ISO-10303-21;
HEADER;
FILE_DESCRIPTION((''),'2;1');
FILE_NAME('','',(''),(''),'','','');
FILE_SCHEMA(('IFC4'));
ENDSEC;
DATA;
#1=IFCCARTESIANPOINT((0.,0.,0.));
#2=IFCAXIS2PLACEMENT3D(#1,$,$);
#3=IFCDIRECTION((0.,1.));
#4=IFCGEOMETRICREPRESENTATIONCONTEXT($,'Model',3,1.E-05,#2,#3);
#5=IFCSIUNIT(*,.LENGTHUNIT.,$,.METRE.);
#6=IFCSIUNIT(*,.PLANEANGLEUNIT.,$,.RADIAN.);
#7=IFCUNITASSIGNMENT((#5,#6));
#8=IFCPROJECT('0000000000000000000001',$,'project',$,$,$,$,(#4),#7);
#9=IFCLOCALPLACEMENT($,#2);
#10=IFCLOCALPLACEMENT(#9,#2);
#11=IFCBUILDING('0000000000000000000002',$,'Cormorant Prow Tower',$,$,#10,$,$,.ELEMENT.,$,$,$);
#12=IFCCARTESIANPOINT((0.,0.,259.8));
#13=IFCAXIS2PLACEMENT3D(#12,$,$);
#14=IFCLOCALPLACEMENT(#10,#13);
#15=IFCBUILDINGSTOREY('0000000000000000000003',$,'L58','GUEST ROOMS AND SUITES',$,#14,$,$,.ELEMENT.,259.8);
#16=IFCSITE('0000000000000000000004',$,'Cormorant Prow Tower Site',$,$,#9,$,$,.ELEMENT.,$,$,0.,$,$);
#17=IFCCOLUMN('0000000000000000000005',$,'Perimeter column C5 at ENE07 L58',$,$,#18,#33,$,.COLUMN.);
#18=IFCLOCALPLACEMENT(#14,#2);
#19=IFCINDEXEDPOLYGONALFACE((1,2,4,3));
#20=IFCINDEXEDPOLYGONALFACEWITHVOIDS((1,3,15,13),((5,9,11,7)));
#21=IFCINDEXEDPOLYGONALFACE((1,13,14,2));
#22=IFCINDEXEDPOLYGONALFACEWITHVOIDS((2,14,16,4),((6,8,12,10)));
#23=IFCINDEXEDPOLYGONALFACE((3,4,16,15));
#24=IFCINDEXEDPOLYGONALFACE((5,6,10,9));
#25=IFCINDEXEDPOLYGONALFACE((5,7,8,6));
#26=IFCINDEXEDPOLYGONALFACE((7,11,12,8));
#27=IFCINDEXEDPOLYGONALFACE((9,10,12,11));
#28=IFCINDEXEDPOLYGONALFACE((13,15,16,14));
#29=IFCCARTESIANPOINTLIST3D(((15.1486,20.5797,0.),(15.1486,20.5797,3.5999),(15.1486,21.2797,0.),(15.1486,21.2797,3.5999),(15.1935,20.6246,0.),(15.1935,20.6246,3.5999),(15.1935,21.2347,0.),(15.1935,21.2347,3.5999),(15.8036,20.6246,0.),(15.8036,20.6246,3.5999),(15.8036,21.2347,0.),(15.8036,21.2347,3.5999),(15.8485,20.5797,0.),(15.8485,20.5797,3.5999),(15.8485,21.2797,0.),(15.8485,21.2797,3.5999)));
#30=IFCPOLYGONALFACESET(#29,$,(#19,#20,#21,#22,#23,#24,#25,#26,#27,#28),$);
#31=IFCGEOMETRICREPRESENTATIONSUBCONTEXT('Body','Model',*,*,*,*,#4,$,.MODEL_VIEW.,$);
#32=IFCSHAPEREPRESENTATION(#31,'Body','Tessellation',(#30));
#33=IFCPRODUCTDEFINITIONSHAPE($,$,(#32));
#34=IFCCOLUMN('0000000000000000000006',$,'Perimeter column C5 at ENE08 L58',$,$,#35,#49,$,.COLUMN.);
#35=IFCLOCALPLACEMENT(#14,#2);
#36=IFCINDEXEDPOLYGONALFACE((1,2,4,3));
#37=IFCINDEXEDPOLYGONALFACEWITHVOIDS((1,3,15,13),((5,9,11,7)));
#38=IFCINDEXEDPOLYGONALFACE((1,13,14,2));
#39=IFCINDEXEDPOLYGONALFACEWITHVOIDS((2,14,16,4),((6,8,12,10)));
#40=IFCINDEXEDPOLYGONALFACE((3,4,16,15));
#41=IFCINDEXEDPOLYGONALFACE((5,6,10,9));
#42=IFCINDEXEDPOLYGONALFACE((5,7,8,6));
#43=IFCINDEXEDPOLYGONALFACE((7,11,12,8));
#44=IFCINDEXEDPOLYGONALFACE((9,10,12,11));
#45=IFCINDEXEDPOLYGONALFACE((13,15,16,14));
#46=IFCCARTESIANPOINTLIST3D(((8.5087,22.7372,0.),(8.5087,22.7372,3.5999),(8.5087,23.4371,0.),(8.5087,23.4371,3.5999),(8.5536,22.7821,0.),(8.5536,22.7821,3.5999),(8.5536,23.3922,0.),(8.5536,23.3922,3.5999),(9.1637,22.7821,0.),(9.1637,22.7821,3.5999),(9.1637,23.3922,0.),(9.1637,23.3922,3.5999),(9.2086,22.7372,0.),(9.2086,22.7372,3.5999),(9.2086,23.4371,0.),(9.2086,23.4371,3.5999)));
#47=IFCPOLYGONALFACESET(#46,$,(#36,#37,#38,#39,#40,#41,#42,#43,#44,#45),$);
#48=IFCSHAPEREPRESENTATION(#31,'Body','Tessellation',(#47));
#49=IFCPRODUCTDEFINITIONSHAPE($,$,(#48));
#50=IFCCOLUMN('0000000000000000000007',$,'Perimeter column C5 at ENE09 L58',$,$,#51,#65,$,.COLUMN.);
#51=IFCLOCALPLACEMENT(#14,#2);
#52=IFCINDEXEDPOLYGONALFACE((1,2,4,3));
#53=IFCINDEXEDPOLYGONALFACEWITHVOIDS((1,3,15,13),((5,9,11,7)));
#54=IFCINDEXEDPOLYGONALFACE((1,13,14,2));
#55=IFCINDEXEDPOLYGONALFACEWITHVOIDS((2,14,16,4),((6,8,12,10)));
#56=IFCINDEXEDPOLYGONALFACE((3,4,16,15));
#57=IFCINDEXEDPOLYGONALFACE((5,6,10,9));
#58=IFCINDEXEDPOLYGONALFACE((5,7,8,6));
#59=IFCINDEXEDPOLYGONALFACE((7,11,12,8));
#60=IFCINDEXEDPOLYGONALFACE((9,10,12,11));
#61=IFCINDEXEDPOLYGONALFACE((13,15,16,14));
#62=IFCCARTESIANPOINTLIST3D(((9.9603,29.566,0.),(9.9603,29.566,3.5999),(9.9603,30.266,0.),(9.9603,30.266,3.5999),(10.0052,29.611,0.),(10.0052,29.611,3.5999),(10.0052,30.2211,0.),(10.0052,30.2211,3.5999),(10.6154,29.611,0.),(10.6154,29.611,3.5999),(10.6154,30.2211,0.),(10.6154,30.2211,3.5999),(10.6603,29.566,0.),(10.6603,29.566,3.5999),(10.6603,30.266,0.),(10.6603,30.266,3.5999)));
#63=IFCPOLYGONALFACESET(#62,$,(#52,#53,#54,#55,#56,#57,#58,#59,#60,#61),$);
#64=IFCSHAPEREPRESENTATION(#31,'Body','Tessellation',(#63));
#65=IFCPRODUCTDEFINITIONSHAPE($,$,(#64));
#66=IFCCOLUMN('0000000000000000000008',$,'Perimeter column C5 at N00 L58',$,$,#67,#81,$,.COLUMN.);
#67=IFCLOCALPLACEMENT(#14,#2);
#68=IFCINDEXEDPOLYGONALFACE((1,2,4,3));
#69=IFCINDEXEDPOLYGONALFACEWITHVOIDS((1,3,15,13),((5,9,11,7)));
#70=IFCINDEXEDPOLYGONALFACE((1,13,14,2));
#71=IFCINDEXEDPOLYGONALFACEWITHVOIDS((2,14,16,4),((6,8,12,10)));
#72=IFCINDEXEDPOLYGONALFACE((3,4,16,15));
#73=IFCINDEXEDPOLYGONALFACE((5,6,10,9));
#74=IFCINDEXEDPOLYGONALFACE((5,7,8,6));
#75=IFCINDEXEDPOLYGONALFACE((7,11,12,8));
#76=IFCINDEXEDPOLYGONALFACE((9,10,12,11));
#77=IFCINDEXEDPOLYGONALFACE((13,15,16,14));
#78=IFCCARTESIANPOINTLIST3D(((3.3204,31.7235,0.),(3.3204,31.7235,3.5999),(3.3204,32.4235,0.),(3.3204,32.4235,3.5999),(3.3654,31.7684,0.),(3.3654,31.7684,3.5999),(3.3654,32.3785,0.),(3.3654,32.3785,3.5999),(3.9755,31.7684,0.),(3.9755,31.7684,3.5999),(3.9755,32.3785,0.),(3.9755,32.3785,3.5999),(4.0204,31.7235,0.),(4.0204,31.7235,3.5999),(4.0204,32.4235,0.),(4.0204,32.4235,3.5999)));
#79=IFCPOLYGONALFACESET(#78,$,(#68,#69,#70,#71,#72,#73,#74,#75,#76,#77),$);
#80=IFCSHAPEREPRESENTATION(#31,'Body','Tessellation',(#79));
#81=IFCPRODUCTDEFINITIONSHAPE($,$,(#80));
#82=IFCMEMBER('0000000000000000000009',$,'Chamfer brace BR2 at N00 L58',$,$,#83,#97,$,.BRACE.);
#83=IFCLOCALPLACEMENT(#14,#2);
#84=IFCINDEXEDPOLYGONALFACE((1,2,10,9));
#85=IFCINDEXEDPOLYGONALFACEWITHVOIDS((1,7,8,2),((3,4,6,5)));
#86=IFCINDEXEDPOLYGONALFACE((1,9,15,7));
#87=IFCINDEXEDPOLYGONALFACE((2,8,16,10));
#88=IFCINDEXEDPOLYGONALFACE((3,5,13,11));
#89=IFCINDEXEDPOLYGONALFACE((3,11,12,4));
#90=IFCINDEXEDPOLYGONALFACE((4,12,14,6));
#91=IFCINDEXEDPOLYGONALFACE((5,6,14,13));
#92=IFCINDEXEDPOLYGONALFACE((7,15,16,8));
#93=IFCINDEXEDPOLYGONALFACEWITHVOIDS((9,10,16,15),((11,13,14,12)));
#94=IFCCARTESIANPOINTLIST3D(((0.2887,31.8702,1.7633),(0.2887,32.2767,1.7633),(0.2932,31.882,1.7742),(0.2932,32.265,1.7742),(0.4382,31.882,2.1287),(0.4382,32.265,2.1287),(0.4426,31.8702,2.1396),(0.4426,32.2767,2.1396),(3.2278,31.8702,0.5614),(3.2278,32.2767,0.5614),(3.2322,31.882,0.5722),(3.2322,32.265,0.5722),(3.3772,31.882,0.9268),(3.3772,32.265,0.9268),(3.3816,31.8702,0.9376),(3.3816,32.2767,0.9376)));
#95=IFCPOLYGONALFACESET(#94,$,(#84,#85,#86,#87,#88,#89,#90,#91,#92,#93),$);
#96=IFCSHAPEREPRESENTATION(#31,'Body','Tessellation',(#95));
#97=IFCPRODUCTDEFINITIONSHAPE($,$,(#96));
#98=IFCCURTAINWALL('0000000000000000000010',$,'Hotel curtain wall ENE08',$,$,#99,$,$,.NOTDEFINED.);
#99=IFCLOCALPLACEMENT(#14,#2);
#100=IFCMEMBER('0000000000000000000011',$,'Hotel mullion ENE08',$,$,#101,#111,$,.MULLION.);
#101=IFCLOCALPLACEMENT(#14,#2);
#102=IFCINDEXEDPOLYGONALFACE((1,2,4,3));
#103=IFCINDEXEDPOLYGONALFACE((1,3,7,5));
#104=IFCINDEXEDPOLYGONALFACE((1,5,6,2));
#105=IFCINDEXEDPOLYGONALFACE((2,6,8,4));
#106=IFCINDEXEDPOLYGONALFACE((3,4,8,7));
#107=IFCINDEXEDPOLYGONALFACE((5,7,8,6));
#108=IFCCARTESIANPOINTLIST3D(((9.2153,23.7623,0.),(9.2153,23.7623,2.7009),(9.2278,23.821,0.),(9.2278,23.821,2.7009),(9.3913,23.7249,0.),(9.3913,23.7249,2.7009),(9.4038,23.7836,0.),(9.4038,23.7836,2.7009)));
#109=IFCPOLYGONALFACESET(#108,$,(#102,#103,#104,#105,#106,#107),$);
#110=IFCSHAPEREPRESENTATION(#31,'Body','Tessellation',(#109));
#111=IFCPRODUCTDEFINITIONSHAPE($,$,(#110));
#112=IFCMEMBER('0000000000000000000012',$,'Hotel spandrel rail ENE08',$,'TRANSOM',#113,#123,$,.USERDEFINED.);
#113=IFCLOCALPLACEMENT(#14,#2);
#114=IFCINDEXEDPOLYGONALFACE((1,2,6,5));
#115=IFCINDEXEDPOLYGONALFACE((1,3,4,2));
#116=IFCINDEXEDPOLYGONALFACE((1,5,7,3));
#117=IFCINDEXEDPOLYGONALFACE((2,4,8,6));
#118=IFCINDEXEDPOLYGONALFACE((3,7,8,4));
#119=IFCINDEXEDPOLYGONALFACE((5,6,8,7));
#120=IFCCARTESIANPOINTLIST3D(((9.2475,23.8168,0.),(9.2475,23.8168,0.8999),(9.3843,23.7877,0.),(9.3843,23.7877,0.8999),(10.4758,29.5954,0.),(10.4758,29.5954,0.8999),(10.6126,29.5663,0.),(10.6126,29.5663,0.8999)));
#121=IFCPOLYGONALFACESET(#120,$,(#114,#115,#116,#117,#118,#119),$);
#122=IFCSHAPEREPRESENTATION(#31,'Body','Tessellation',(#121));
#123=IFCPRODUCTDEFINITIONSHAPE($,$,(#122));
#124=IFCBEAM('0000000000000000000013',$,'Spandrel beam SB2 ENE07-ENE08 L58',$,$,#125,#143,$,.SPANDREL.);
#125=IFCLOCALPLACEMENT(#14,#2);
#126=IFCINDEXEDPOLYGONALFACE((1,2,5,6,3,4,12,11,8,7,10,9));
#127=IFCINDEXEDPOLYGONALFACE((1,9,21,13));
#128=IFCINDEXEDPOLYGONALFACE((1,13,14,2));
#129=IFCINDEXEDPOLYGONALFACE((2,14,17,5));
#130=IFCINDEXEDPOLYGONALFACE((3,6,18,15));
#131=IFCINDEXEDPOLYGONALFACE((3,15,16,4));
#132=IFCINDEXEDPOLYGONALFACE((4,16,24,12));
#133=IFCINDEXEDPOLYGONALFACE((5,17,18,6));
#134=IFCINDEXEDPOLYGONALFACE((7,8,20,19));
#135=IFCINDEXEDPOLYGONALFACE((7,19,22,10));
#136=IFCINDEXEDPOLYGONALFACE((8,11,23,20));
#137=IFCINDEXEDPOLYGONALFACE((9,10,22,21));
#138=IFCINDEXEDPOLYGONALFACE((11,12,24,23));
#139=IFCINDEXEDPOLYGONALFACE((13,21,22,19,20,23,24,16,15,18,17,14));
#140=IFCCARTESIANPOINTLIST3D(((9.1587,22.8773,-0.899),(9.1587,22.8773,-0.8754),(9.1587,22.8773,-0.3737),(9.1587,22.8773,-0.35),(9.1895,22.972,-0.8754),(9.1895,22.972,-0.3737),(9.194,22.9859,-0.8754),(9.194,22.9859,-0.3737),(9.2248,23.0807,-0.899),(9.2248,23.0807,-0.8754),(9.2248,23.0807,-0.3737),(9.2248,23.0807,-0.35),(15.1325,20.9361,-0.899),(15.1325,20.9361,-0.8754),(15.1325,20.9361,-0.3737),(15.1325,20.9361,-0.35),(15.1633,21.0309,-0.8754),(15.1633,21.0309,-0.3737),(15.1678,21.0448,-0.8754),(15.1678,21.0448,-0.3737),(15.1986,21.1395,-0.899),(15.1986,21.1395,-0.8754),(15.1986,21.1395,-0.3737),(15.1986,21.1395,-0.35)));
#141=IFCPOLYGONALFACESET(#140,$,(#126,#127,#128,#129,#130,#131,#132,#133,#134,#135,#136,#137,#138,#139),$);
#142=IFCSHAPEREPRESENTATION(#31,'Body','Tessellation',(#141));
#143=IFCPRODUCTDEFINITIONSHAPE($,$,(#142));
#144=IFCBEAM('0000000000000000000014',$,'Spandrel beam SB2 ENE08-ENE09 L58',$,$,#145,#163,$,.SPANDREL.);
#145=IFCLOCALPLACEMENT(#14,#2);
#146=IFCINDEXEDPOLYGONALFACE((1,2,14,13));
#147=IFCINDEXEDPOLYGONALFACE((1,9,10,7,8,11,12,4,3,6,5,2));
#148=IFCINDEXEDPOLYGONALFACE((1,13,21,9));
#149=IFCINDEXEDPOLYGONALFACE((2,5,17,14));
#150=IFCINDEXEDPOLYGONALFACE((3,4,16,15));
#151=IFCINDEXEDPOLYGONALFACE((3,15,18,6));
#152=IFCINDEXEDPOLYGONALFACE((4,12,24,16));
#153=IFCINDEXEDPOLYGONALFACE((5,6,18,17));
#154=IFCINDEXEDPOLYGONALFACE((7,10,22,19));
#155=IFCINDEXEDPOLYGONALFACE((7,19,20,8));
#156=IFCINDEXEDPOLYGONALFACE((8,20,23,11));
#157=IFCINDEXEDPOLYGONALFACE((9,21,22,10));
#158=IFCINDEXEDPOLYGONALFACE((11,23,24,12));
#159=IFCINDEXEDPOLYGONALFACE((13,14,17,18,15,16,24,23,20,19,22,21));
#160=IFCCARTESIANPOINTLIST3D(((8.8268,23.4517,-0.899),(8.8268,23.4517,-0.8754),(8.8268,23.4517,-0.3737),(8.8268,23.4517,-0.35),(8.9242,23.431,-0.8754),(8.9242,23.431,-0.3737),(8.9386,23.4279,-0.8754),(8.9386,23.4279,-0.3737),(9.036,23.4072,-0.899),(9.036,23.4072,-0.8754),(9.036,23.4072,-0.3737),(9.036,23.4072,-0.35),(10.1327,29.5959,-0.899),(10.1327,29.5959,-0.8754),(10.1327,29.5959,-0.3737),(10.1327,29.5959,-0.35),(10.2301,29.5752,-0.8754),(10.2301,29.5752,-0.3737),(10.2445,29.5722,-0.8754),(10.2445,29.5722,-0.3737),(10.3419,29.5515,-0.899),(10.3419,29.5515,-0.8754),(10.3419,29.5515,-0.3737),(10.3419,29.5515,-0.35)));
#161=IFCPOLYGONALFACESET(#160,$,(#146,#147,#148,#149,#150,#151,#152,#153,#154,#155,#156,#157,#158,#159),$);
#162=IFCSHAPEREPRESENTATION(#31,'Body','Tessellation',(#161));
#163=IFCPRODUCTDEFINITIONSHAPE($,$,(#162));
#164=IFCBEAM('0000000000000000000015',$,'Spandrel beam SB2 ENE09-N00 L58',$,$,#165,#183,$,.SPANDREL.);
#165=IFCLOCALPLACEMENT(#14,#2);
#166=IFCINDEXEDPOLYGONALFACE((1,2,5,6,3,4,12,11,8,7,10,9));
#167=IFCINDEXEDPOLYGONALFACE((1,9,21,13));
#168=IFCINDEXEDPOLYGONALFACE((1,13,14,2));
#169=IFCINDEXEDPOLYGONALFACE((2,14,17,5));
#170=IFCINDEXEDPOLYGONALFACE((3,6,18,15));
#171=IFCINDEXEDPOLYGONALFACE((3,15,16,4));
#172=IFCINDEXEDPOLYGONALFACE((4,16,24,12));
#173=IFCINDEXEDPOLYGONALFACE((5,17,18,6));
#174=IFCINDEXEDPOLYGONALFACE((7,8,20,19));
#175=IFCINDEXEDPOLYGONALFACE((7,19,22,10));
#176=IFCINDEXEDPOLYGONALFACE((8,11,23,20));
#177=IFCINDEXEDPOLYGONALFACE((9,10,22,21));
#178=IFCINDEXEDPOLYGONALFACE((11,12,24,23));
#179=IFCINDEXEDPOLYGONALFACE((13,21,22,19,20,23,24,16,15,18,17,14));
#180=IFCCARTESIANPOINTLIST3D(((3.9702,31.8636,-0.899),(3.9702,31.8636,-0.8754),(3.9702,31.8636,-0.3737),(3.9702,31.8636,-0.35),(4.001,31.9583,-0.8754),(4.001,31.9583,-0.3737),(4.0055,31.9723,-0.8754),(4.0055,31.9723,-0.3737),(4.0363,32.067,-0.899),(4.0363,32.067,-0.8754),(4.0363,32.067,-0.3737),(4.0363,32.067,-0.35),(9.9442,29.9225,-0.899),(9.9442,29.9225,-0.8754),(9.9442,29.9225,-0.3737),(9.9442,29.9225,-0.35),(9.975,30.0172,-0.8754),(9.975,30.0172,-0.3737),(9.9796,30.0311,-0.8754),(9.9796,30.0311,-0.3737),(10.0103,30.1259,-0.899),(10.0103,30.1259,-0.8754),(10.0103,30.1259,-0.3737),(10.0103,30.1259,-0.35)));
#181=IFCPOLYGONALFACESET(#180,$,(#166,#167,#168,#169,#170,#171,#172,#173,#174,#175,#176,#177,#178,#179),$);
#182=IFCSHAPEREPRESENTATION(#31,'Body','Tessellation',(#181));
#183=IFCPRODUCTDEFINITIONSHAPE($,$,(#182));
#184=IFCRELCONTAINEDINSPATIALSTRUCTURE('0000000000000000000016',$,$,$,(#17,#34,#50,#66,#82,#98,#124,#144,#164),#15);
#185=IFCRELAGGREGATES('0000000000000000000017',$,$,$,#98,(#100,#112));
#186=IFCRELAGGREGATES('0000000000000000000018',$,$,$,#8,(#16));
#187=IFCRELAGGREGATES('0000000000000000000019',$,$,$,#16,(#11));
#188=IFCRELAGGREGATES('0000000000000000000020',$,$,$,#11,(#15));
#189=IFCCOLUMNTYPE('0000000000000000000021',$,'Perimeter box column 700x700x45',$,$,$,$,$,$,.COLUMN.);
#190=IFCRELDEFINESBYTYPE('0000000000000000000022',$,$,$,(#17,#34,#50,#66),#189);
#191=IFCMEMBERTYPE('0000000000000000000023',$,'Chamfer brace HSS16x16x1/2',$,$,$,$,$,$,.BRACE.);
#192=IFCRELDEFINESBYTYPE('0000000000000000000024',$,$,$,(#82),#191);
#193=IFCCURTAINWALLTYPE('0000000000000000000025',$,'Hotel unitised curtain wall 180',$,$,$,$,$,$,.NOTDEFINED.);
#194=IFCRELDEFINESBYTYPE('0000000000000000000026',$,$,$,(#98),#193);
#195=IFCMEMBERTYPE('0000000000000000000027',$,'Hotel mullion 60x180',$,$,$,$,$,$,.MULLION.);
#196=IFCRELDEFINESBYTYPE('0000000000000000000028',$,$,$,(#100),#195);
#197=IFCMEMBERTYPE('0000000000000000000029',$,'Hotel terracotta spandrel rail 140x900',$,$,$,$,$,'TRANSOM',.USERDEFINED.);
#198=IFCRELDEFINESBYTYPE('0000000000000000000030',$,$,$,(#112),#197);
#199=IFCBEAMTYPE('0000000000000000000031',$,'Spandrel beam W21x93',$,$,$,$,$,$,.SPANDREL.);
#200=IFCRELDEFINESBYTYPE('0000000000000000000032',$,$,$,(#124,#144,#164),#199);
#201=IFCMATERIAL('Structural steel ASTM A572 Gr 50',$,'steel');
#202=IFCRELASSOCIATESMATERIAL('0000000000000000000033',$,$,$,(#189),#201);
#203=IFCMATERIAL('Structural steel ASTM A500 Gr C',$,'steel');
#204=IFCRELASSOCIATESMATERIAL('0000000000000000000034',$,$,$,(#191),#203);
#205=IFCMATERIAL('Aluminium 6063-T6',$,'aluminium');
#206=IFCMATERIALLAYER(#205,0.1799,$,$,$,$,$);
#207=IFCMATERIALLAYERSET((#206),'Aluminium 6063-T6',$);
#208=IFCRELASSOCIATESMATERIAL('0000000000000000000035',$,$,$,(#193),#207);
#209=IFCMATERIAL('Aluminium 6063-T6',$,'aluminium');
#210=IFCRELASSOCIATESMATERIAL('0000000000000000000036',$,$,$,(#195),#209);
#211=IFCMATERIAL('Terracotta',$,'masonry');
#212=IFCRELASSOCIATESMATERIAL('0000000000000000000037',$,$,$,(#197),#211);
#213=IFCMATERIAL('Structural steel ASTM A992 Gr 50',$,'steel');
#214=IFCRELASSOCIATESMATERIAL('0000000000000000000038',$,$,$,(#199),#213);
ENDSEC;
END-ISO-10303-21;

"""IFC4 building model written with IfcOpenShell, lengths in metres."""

from ifc_helpers import new_model, si_unit, direction, frame, origin, origin_2d, place, context, subcontext, project, spatial, rectangle, hollow_rectangle, i_section, extrude, material, layer, layer_set, material_profile, profile_set, type_object, element, aggregate, save


model = new_model("IFC4")

# Units and contexts
model_context = context("Model", 3, precision=1e-05, world=origin(), true_north=direction((0.0, 1.0)))
body_context = subcontext(model_context, "Body", "Model", "MODEL_VIEW")
ifc_project = project(units=[si_unit("LENGTHUNIT", "METRE"), si_unit("PLANEANGLEUNIT", "RADIAN")], contexts=[model_context])

# Site, building, storey
site_placement = place(None, origin())
site = spatial("IfcSite", under=ifc_project, at=site_placement, Name="Cormorant Prow Tower Site", CompositionType="ELEMENT", RefElevation=0.0)
building_placement = place(site_placement, origin())
building = spatial("IfcBuilding", under=site, at=building_placement, Name="Cormorant Prow Tower", CompositionType="ELEMENT")
storey_placement = place(building_placement, frame((0.0, 0.0, 259.8)))
storey = spatial("IfcBuildingStorey", under=building, at=storey_placement, Name="L58", Description="GUEST ROOMS AND SUITES", CompositionType="ELEMENT", Elevation=259.8)

# Columns
ifc_material_1 = material(Name="Structural steel ASTM A572 Gr 50", Category="steel")
ifc_material_profile_1 = material_profile(ifc_material_1, hollow_rectangle(XDim=0.7, YDim=0.7, WallThickness=0.0449, at=origin_2d()), Name="Box 700x700x45")
ifc_profile_set_1 = profile_set([ifc_material_profile_1], Name="Structural steel ASTM A572 Gr 50")
column_type = type_object("IfcColumnType", Name="Perimeter box column 700x700x45", PredefinedType="COLUMN", material=ifc_profile_set_1)
for number, where, z_axis, x_axis, name in (
    (1, (15.4985, 20.9297, 0.0), (0.0, 0.0, 1.0), (1.0, 0.0, 0.0), "Perimeter column C5 at ENE07 L58"),
    (2, (8.8586, 23.0872, 0.0), (0.0, 0.0, 1.0), (1.0, 0.0, 0.0), "Perimeter column C5 at ENE08 L58"),
    (3, (10.3103, 29.916, 0.0), (0.0, 0.0, 1.0), (1.0, 0.0, 0.0), "Perimeter column C5 at ENE09 L58"),
    (4, (3.6704, 32.0735, 0.0), (0.0, 0.0, 1.0), (1.0, 0.0, 0.0), "Perimeter column C5 at N00 L58"),
):
    element("IfcColumn", number, at=place(storey_placement, frame(where, z_axis=z_axis, x_axis=x_axis)), inside=storey, type_object=column_type, Name=name, PredefinedType="COLUMN", context=body_context, shape_type="SweptSolid", body=[
        extrude(hollow_rectangle(XDim=0.7, YDim=0.7, WallThickness=0.0449, at=origin_2d()), origin(), (0.0, 0.0, 1.0), 3.5999),
    ])

# Member
ifc_material_2 = material(Name="Structural steel ASTM A500 Gr C", Category="steel")
ifc_material_profile_2 = material_profile(ifc_material_2, hollow_rectangle(XDim=0.4065, YDim=0.4065, WallThickness=0.0117, at=origin_2d()), Name="HSS16x16x1/2")
ifc_profile_set_2 = profile_set([ifc_material_profile_2], Name="Structural steel ASTM A500 Gr C")
member_type_1 = type_object("IfcMemberType", Name="Chamfer brace HSS16x16x1/2", PredefinedType="BRACE", material=ifc_profile_set_2)
member_1_placement = place(storey_placement, frame((3.3047, 32.0735, 0.7495), z_axis=(-0.925591, 0.0, 0.378525), x_axis=(0.0, -1.0, 0.0)))
element("IfcMember", 5, at=member_1_placement, inside=storey, type_object=member_type_1, Name="Chamfer brace BR2 at N00 L58", PredefinedType="BRACE", context=body_context, shape_type="SweptSolid", body=[
    extrude(hollow_rectangle(XDim=0.4065, YDim=0.4065, WallThickness=0.0117, at=origin_2d()), origin(), (0.0, 0.0, 1.0), 3.1753),
])

# Curtain wall, members
ifc_material_3 = material(Name="Aluminium 6063-T6", Category="aluminium")
ifc_layer_1 = layer(ifc_material_3, 0.1799)
ifc_layer_set_1 = layer_set([ifc_layer_1], Name="Aluminium 6063-T6")
curtain_wall_type = type_object("IfcCurtainWallType", Name="Hotel unitised curtain wall 180", PredefinedType="NOTDEFINED", material=ifc_layer_set_1)
curtain_wall_placement = place(storey_placement, origin())
curtain_wall = element("IfcCurtainWall", 6, at=curtain_wall_placement, inside=storey, type_object=curtain_wall_type, Name="Hotel curtain wall ENE08", PredefinedType="NOTDEFINED")
ifc_material_4 = material(Name="Aluminium 6063-T6", Category="aluminium")
ifc_material_profile_3 = material_profile(ifc_material_4, rectangle(XDim=0.1799, YDim=0.0601, at=origin_2d()), Name="Hotel mullion 60x180")
ifc_profile_set_3 = profile_set([ifc_material_profile_3], Name="Aluminium 6063-T6")
member_type_2 = type_object("IfcMemberType", Name="Hotel mullion 60x180", PredefinedType="MULLION", material=ifc_profile_set_3)
member_2_placement = place(storey_placement, frame((9.3096, 23.7729, 0.0), z_axis=(0.0, 0.0, 1.0), x_axis=(-0.978148, 0.207912, 0.0)))
member_2 = element("IfcMember", 7, at=member_2_placement, type_object=member_type_2, Name="Hotel mullion ENE08", PredefinedType="MULLION", context=body_context, shape_type="SweptSolid", body=[
    extrude(rectangle(XDim=0.1799, YDim=0.0601, at=origin_2d()), origin(), (0.0, 0.0, 1.0), 2.7009),
])
ifc_material_5 = material(Name="Terracotta", Category="masonry")
ifc_material_profile_4 = material_profile(ifc_material_5, rectangle(XDim=0.1399, YDim=0.8999, at=origin_2d()), Name="Hotel terracotta spandrel rail 140x900")
ifc_profile_set_4 = profile_set([ifc_material_profile_4], Name="Terracotta")
member_type_3 = type_object("IfcMemberType", Name="Hotel terracotta spandrel rail 140x900", ElementType="TRANSOM", PredefinedType="USERDEFINED", material=ifc_profile_set_4)
member_3_placement = place(storey_placement, frame((9.3159, 23.8022, 0.45), z_axis=(0.207912, 0.978148, 0.0), x_axis=(-0.978148, 0.207912, 0.0)))
member_3 = element("IfcMember", 8, at=member_3_placement, type_object=member_type_3, Name="Hotel spandrel rail ENE08", ObjectType="TRANSOM", PredefinedType="USERDEFINED", context=body_context, shape_type="SweptSolid", body=[
    extrude(rectangle(XDim=0.1399, YDim=0.8999, at=origin_2d()), origin(), (0.0, 0.0, 1.0), 5.9077),
])

# Beams
ifc_material_6 = material(Name="Structural steel ASTM A992 Gr 50", Category="steel")
ifc_material_profile_5 = material_profile(ifc_material_6, i_section(OverallWidth=0.2139, OverallDepth=0.5491, WebThickness=0.0146, FlangeThickness=0.0237, at=origin_2d()), Name="W21x93")
ifc_profile_set_5 = profile_set([ifc_material_profile_5], Name="Structural steel ASTM A992 Gr 50")
beam_type = type_object("IfcBeamType", Name="Spandrel beam W21x93", PredefinedType="SPANDREL", material=ifc_profile_set_5)
beam_1_placement = place(storey_placement, frame((15.1655, 21.0378, -0.6245), z_axis=(-0.95105, 0.309036, 0.0), x_axis=(-0.309036, -0.95105, 0.0)))
element("IfcBeam", 9, at=beam_1_placement, inside=storey, type_object=beam_type, Name="Spandrel beam SB2 ENE07-ENE08 L58", PredefinedType="SPANDREL", context=body_context, shape_type="SweptSolid", body=[
    extrude(i_section(OverallWidth=0.2139, OverallDepth=0.5491, WebThickness=0.0146, FlangeThickness=0.0237, at=origin_2d()), origin(), (0.0, 0.0, 1.0), 6.2812),
])
for number, where, z_axis, x_axis, name in (
    (10, (8.9314, 23.4294, -0.6245), (0.207896, 0.978151, 0.0), (-0.978151, 0.207896, 0.0), "Spandrel beam SB2 ENE08-ENE09 L58"),
    (11, (9.9773, 30.0242, -0.6245), (-0.951054, 0.309025, 0.0), (-0.309025, -0.951054, 0.0), "Spandrel beam SB2 ENE09-N00 L58"),
):
    element("IfcBeam", number, at=place(storey_placement, frame(where, z_axis=z_axis, x_axis=x_axis)), inside=storey, type_object=beam_type, Name=name, PredefinedType="SPANDREL", context=body_context, shape_type="SweptSolid", body=[
        extrude(i_section(OverallWidth=0.2139, OverallDepth=0.5491, WebThickness=0.0146, FlangeThickness=0.0237, at=origin_2d()), origin(), (0.0, 0.0, 1.0), 6.2815),
    ])

aggregate(curtain_wall, [member_2, member_3])

save(model, "model.ifc")
